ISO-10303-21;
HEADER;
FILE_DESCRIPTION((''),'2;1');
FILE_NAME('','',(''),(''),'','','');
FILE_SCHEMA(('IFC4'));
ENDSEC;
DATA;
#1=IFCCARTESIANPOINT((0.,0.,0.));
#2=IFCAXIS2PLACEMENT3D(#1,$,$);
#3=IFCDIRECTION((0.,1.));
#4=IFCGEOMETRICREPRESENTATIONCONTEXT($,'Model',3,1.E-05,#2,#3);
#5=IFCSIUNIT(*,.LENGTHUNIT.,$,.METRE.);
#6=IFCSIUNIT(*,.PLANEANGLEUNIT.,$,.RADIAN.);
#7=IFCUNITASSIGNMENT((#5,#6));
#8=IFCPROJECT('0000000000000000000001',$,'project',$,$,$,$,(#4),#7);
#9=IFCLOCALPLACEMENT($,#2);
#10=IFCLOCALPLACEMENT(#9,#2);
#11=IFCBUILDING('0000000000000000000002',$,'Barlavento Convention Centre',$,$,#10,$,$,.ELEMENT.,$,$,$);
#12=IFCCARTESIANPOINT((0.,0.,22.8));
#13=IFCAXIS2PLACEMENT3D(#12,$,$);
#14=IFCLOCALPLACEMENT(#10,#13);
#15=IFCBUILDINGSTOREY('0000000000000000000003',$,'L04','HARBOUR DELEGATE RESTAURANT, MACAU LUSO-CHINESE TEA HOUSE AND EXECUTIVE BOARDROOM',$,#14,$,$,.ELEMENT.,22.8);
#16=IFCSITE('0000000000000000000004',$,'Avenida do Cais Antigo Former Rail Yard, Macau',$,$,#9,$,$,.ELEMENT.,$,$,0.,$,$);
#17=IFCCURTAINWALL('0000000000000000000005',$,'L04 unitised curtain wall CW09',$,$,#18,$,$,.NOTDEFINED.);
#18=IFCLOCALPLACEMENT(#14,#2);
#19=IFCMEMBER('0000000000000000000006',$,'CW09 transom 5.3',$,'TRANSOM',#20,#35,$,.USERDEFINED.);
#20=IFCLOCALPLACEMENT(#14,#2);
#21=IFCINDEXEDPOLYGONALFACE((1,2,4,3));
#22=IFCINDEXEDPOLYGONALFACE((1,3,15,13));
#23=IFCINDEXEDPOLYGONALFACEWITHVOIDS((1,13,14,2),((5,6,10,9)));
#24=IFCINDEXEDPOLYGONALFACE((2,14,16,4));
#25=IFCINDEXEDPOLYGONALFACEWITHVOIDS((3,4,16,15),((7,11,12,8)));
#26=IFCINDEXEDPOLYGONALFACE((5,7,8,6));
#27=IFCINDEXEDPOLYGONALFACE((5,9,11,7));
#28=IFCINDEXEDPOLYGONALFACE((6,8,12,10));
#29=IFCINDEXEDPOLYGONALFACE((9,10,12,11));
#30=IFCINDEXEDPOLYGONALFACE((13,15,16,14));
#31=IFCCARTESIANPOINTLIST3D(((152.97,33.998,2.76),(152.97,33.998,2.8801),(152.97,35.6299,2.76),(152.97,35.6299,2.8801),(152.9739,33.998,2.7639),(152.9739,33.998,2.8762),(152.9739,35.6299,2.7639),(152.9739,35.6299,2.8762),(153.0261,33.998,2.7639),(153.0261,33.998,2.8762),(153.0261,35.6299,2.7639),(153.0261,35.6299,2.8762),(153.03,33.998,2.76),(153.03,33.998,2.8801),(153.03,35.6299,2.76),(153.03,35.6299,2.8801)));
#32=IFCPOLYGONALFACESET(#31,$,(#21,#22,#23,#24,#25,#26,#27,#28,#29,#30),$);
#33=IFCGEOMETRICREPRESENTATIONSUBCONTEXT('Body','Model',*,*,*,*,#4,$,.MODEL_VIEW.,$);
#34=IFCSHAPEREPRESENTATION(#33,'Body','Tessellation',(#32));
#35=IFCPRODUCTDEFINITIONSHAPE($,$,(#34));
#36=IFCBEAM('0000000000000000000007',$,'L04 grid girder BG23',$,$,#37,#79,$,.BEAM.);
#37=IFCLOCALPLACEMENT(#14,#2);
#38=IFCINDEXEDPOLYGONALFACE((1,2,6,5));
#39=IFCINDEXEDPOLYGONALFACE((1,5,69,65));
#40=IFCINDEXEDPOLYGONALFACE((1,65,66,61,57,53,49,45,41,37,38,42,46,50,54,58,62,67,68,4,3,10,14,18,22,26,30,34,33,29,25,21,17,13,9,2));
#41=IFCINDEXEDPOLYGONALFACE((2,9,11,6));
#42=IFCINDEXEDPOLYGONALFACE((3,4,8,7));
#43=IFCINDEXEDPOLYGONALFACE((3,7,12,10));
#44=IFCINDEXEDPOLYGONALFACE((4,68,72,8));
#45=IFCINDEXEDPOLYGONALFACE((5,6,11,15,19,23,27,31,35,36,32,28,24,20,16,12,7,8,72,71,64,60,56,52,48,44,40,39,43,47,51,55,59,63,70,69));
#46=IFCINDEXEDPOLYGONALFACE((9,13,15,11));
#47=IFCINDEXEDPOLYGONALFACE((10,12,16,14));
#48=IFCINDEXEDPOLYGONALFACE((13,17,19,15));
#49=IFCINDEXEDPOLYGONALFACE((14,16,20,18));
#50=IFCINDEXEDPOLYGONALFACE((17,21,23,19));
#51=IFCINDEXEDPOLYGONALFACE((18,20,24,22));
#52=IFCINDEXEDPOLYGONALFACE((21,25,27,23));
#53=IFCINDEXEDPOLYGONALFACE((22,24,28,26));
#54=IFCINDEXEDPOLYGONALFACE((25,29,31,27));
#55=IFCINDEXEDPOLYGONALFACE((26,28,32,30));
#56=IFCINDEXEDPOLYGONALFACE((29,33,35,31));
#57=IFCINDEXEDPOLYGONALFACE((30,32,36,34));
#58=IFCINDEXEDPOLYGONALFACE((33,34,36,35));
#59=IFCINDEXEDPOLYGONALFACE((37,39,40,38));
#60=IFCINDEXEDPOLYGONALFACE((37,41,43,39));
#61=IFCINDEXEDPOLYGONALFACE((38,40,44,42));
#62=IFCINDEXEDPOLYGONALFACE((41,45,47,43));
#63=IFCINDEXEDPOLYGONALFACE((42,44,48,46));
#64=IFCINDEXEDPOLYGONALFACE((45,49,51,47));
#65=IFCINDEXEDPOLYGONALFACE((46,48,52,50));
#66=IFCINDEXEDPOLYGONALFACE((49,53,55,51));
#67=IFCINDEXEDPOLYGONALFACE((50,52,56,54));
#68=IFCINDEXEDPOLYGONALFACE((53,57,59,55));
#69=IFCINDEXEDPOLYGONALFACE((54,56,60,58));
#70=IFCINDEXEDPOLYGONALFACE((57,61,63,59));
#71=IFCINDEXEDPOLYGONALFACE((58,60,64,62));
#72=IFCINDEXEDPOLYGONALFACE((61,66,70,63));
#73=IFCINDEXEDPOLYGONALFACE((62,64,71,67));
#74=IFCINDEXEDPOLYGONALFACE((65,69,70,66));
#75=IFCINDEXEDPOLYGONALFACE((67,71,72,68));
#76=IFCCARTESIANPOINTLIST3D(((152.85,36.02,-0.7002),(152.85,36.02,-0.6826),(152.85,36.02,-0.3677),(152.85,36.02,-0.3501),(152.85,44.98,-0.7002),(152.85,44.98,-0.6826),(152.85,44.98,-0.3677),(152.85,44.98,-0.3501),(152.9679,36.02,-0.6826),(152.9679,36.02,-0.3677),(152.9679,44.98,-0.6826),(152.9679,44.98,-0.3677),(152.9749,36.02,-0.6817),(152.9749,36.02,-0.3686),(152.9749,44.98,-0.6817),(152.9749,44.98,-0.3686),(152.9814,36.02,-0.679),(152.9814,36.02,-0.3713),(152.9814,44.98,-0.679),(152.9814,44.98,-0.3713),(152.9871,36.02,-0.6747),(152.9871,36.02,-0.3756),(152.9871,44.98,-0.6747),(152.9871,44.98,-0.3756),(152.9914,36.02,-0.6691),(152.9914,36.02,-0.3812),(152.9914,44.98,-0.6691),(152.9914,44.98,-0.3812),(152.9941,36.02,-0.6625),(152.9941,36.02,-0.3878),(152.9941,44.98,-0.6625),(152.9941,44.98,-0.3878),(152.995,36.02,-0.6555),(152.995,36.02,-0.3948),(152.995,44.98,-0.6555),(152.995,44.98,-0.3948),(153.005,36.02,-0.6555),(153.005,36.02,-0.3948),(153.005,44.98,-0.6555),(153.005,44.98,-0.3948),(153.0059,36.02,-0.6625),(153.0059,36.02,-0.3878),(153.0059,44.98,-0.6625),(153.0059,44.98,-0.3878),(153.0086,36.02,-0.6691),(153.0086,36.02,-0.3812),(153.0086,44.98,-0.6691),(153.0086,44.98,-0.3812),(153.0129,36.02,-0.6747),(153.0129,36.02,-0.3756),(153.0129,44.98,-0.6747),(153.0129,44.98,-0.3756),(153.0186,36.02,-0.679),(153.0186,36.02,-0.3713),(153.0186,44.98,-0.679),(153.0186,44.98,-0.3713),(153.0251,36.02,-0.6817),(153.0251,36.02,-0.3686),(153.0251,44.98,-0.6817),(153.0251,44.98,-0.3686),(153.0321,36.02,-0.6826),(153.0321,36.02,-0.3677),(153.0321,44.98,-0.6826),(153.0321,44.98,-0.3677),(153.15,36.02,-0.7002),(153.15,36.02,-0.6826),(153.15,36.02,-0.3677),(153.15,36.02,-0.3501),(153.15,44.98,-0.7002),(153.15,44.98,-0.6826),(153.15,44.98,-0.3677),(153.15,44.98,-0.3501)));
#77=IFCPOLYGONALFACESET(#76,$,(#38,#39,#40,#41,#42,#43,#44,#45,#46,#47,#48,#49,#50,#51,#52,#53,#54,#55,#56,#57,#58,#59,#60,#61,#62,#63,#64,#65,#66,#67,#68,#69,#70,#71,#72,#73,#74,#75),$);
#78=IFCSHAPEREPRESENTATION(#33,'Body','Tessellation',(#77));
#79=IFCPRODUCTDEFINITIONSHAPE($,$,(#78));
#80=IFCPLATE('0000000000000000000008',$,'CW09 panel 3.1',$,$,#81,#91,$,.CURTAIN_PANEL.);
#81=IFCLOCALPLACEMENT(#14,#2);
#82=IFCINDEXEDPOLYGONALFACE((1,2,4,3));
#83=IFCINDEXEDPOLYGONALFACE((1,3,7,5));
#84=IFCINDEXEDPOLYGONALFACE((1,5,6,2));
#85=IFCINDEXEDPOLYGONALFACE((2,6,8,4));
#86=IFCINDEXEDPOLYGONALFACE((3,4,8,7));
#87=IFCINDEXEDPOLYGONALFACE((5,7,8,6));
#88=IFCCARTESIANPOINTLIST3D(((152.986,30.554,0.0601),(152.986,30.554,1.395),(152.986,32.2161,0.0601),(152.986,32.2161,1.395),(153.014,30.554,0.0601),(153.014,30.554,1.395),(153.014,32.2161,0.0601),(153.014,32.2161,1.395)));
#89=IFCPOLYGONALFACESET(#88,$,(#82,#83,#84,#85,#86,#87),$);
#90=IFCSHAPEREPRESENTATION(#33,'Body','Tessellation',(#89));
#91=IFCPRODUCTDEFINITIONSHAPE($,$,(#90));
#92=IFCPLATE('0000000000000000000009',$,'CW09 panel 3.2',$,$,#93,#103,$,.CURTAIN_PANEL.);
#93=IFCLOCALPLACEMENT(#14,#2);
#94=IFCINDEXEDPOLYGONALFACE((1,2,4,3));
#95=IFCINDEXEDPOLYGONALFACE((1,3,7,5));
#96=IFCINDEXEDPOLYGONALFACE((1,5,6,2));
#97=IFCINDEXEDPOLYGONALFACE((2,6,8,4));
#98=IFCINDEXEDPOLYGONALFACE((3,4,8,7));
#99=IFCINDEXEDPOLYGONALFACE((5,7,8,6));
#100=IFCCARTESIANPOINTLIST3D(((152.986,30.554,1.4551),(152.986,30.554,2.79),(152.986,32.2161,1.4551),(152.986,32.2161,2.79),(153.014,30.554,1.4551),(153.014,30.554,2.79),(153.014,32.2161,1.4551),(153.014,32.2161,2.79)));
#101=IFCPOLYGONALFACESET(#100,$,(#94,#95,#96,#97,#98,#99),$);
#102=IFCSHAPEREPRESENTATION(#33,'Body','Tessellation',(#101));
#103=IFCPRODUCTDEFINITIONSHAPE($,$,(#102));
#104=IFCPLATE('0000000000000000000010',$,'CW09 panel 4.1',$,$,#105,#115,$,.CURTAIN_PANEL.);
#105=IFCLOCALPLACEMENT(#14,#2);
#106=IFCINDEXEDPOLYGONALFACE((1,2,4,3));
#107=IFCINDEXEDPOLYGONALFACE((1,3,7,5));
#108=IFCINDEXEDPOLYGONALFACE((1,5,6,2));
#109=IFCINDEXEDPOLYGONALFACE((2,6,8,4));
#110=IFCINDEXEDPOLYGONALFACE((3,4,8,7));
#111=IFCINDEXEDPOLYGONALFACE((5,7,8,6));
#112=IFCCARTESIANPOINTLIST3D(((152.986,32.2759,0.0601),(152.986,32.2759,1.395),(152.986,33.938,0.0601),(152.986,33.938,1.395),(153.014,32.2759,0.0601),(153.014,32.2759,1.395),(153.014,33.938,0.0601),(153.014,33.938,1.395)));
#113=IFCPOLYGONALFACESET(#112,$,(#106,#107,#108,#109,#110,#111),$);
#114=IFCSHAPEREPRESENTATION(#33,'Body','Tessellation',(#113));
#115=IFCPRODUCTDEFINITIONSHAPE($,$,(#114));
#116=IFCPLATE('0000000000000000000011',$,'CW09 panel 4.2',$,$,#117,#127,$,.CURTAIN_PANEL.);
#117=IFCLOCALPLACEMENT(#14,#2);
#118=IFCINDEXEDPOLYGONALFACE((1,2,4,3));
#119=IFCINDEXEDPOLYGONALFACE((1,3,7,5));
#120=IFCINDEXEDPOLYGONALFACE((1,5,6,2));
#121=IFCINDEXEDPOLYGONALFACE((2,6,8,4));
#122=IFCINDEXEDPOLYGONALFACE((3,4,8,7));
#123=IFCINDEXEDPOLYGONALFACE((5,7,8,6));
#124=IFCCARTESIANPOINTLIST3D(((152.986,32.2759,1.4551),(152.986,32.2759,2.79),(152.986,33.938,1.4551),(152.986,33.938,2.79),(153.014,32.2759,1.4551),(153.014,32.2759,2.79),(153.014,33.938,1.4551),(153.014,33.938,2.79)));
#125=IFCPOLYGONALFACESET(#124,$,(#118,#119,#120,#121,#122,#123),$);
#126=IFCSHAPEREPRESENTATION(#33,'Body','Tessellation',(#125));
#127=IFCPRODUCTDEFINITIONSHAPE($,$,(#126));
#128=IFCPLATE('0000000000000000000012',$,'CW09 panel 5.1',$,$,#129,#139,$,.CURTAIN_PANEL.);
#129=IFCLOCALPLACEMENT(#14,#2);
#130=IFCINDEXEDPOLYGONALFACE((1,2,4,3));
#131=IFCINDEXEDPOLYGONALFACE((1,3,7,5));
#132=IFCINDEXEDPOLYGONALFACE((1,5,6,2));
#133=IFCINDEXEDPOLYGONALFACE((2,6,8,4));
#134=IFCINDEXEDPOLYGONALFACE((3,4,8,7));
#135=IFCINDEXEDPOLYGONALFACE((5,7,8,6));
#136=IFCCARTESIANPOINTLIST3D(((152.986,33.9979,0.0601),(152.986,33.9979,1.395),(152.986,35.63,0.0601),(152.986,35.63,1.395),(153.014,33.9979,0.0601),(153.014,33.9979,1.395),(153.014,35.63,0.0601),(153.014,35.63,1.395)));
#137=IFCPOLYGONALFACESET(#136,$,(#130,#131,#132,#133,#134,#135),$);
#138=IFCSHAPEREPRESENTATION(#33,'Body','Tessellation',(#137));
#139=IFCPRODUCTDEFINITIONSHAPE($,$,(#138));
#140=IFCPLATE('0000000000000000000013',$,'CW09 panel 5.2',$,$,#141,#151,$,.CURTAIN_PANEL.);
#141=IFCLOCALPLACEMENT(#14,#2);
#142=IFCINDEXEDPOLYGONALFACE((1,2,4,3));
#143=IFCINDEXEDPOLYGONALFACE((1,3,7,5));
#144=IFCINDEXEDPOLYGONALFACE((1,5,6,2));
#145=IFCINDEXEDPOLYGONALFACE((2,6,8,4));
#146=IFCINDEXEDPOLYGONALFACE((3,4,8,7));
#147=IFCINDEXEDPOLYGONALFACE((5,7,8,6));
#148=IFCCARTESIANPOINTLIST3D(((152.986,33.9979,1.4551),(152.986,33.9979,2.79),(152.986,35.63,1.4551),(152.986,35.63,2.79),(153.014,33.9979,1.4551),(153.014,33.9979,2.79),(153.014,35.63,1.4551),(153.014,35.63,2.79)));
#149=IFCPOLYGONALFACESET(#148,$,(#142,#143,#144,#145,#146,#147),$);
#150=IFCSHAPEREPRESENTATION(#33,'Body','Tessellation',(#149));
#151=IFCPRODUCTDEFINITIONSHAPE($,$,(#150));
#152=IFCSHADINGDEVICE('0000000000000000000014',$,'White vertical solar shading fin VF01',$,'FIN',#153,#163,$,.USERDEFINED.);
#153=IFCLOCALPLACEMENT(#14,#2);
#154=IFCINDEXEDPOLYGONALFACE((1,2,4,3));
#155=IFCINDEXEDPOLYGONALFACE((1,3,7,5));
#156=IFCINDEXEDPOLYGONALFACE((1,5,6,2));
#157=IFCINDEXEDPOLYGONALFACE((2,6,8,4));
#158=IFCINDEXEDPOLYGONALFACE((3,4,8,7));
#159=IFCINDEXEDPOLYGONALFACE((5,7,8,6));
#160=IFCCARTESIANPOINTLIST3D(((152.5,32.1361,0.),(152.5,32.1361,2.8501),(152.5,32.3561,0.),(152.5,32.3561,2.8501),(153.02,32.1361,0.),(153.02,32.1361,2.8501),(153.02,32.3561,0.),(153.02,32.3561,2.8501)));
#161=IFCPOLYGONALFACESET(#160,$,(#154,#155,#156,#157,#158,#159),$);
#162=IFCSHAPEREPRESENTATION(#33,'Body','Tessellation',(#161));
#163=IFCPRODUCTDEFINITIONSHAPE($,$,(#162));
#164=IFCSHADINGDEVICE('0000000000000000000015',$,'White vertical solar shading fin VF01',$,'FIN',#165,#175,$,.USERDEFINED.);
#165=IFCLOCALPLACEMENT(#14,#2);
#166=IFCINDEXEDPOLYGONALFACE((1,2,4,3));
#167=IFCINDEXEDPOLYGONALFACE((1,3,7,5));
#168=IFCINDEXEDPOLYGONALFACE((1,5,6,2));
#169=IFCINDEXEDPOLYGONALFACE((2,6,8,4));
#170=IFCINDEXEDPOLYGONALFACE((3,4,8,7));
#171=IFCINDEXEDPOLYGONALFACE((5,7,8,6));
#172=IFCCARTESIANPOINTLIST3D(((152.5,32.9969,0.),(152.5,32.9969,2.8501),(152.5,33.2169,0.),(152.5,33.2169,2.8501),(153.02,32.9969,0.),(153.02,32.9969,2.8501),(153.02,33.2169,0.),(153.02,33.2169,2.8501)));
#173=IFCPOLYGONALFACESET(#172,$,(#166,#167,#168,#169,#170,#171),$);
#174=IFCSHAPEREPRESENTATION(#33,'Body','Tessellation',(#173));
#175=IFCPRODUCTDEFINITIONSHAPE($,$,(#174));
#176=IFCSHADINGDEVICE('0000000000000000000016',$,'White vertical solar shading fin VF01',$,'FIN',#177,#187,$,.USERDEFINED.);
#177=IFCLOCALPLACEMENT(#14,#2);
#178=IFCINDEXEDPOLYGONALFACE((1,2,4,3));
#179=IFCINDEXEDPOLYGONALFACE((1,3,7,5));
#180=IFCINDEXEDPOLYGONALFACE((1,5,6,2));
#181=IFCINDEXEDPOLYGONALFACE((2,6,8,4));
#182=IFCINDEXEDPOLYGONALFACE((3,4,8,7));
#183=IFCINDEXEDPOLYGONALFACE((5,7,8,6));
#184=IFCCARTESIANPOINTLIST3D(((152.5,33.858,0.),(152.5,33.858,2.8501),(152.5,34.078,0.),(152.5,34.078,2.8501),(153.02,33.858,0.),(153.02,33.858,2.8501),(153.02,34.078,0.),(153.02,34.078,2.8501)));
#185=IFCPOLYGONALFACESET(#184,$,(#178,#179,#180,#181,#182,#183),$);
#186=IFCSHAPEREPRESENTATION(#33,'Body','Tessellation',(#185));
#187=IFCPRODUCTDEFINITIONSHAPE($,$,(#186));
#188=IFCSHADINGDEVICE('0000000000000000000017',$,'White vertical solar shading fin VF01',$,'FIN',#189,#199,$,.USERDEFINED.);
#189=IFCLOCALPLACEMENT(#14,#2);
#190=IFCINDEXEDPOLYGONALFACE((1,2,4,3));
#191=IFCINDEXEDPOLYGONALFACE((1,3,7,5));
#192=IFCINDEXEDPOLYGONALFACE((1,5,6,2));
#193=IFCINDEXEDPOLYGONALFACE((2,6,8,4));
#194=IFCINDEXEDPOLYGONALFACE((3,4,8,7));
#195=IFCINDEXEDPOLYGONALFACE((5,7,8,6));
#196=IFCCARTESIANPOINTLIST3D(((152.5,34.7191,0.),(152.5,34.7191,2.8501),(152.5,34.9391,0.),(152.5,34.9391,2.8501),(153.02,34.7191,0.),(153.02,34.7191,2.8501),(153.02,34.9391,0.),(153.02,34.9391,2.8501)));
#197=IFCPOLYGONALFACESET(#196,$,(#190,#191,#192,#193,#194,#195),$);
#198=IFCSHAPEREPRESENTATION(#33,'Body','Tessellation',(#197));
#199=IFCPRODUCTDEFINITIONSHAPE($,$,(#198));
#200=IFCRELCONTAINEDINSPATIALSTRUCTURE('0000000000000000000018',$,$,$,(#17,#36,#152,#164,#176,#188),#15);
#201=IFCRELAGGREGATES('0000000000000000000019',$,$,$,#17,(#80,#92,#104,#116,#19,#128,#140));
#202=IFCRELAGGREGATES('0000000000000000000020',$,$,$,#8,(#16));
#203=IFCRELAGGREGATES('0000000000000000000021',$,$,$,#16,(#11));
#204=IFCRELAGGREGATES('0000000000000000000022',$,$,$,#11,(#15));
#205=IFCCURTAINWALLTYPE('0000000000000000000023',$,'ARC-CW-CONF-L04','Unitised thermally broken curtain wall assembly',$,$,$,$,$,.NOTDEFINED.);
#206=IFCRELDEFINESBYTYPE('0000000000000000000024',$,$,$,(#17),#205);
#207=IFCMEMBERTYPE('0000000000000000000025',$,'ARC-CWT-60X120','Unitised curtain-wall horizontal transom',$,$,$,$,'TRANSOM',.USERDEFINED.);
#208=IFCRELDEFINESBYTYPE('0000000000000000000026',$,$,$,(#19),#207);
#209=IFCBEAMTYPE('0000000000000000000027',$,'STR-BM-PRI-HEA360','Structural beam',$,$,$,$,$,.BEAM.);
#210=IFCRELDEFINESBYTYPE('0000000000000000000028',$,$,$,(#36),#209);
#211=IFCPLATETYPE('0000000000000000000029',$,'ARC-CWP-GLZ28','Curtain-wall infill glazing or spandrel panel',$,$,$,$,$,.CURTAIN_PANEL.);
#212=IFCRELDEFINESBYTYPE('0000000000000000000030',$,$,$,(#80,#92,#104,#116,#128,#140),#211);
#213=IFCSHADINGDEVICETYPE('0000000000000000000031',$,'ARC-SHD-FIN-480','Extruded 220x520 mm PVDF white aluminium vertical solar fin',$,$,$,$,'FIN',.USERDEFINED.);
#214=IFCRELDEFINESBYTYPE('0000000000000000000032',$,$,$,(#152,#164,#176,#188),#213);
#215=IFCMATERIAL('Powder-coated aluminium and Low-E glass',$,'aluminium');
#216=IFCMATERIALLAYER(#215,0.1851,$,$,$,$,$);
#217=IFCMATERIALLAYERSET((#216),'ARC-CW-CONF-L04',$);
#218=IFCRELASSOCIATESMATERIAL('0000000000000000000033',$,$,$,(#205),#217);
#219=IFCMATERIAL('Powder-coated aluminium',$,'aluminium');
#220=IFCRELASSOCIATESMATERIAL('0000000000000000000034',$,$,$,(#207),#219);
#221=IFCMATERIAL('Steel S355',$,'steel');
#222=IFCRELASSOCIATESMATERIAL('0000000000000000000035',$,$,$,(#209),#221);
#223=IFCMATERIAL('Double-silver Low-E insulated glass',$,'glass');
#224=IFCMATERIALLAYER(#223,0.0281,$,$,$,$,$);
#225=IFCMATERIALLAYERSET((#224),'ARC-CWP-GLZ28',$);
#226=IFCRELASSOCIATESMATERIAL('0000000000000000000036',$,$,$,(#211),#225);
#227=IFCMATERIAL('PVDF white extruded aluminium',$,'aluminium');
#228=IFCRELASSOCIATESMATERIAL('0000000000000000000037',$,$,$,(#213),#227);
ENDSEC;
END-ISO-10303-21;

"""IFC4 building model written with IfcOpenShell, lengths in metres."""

from ifc_helpers import new_model, si_unit, direction, frame, origin, origin_2d, place, context, subcontext, project, spatial, rectangle, hollow_rectangle, i_section, extrude, material, layer, layer_set, material_profile, profile_set, type_object, element, aggregate, save


model = new_model("IFC4")

# Units and contexts
model_context = context("Model", 3, precision=1e-05, world=origin(), true_north=direction((0.0, 1.0)))
body_context = subcontext(model_context, "Body", "Model", "MODEL_VIEW")
ifc_project = project(units=[si_unit("LENGTHUNIT", "METRE"), si_unit("PLANEANGLEUNIT", "RADIAN")], contexts=[model_context])

# Site, building, storey
site_placement = place(None, origin())
site = spatial("IfcSite", under=ifc_project, at=site_placement, Name="Avenida do Cais Antigo Former Rail Yard, Macau", CompositionType="ELEMENT", RefElevation=0.0)
building_placement = place(site_placement, origin())
building = spatial("IfcBuilding", under=site, at=building_placement, Name="Barlavento Convention Centre", CompositionType="ELEMENT")
storey_placement = place(building_placement, frame((0.0, 0.0, 22.8)))
storey = spatial("IfcBuildingStorey", under=building, at=storey_placement, Name="L04", Description="HARBOUR DELEGATE RESTAURANT, MACAU LUSO-CHINESE TEA HOUSE AND EXECUTIVE BOARDROOM", CompositionType="ELEMENT", Elevation=22.8)

# Shared definitions
ifc_material_1 = material(Name="Steel S355", Category="steel")

# Curtain wall, member
ifc_material_2 = material(Name="Powder-coated aluminium and Low-E glass", Category="aluminium")
ifc_layer_1 = layer(ifc_material_2, 0.1851)
ifc_layer_set_1 = layer_set([ifc_layer_1], Name="ARC-CW-CONF-L04")
curtain_wall_type = type_object("IfcCurtainWallType", Name="ARC-CW-CONF-L04", Description="Unitised thermally broken curtain wall assembly", PredefinedType="NOTDEFINED", material=ifc_layer_set_1)
curtain_wall_placement = place(storey_placement, origin())
curtain_wall = element("IfcCurtainWall", 1, at=curtain_wall_placement, inside=storey, type_object=curtain_wall_type, Name="L04 unitised curtain wall CW09", PredefinedType="NOTDEFINED")
ifc_material_3 = material(Name="Powder-coated aluminium", Category="aluminium")
ifc_material_profile_1 = material_profile(ifc_material_3, hollow_rectangle(XDim=0.0601, YDim=0.1201, WallThickness=0.0039, at=origin_2d()), Name="AL-TRAN 60x120x4")
ifc_profile_set_1 = profile_set([ifc_material_profile_1], Name="Powder-coated aluminium")
member_type_1 = type_object("IfcMemberType", Name="ARC-CWT-60X120", Description="Unitised curtain-wall horizontal transom", ElementType="TRANSOM", PredefinedType="USERDEFINED", material=ifc_profile_set_1)
member_1_placement = place(storey_placement, frame((153.0, 33.998, 2.8201), z_axis=(0.0, 1.0, 0.0), x_axis=(-1.0, 0.0, 0.0)))
member_1 = element("IfcMember", 2, at=member_1_placement, type_object=member_type_1, Name="CW09 transom 5.3", ObjectType="TRANSOM", PredefinedType="USERDEFINED", context=body_context, shape_type="SweptSolid", body=[
    extrude(hollow_rectangle(XDim=0.0601, YDim=0.1201, WallThickness=0.0039, at=origin_2d()), origin(), (0.0, 0.0, 1.0), 1.6318),
])

# Beam
ifc_material_profile_2 = material_profile(ifc_material_1, i_section(OverallWidth=0.3, OverallDepth=0.3501, WebThickness=0.01, FlangeThickness=0.0176, FilletRadius=0.0271, at=origin_2d()), Name="HEA 360")
ifc_profile_set_2 = profile_set([ifc_material_profile_2], Name="Steel S355")
beam_type = type_object("IfcBeamType", Name="STR-BM-PRI-HEA360", Description="Structural beam", PredefinedType="BEAM", material=ifc_profile_set_2)
beam_placement = place(storey_placement, frame((153.0, 36.02, -0.5251), z_axis=(0.0, 1.0, 0.0), x_axis=(-1.0, 0.0, 0.0)))
element("IfcBeam", 3, at=beam_placement, inside=storey, type_object=beam_type, Name="L04 grid girder BG23", PredefinedType="BEAM", context=body_context, shape_type="SweptSolid", body=[
    extrude(i_section(OverallWidth=0.3, OverallDepth=0.3501, WebThickness=0.01, FlangeThickness=0.0176, FilletRadius=0.0271, at=origin_2d()), origin(), (0.0, 0.0, 1.0), 8.96),
])

# Plates
ifc_material_4 = material(Name="Double-silver Low-E insulated glass", Category="glass")
ifc_layer_2 = layer(ifc_material_4, 0.0281)
ifc_layer_set_2 = layer_set([ifc_layer_2], Name="ARC-CWP-GLZ28")
plate_type = type_object("IfcPlateType", Name="ARC-CWP-GLZ28", Description="Curtain-wall infill glazing or spandrel panel", PredefinedType="CURTAIN_PANEL", material=ifc_layer_set_2)
plate_1_placement = place(storey_placement, frame((153.0, 31.385, 0.0601), z_axis=(0.0, 0.0, 1.0), x_axis=(0.0, 1.0, 0.0)))
plate_1 = element("IfcPlate", 4, at=plate_1_placement, type_object=plate_type, Name="CW09 panel 3.1", PredefinedType="CURTAIN_PANEL", context=body_context, shape_type="SweptSolid", body=[
    extrude(rectangle(XDim=1.6621, YDim=0.0281, at=origin_2d()), origin(), (0.0, 0.0, 1.0), 1.335),
])
plate_2_placement = place(storey_placement, frame((153.0, 31.385, 1.4551), z_axis=(0.0, 0.0, 1.0), x_axis=(0.0, 1.0, 0.0)))
plate_2 = element("IfcPlate", 5, at=plate_2_placement, type_object=plate_type, Name="CW09 panel 3.2", PredefinedType="CURTAIN_PANEL", context=body_context, shape_type="SweptSolid", body=[
    extrude(rectangle(XDim=1.6621, YDim=0.0281, at=origin_2d()), origin(), (0.0, 0.0, 1.0), 1.335),
])
plate_3_placement = place(storey_placement, frame((153.0, 33.1069, 0.0601), z_axis=(0.0, 0.0, 1.0), x_axis=(0.0, 1.0, 0.0)))
plate_3 = element("IfcPlate", 6, at=plate_3_placement, type_object=plate_type, Name="CW09 panel 4.1", PredefinedType="CURTAIN_PANEL", context=body_context, shape_type="SweptSolid", body=[
    extrude(rectangle(XDim=1.6621, YDim=0.0281, at=origin_2d()), origin(), (0.0, 0.0, 1.0), 1.335),
])
plate_4_placement = place(storey_placement, frame((153.0, 33.1069, 1.4551), z_axis=(0.0, 0.0, 1.0), x_axis=(0.0, 1.0, 0.0)))
plate_4 = element("IfcPlate", 7, at=plate_4_placement, type_object=plate_type, Name="CW09 panel 4.2", PredefinedType="CURTAIN_PANEL", context=body_context, shape_type="SweptSolid", body=[
    extrude(rectangle(XDim=1.6621, YDim=0.0281, at=origin_2d()), origin(), (0.0, 0.0, 1.0), 1.335),
])
plate_5_placement = place(storey_placement, frame((153.0, 34.814, 0.0601), z_axis=(0.0, 0.0, 1.0), x_axis=(0.0, 1.0, 0.0)))
plate_5 = element("IfcPlate", 8, at=plate_5_placement, type_object=plate_type, Name="CW09 panel 5.1", PredefinedType="CURTAIN_PANEL", context=body_context, shape_type="SweptSolid", body=[
    extrude(rectangle(XDim=1.6321, YDim=0.0281, at=origin_2d()), origin(), (0.0, 0.0, 1.0), 1.335),
])
plate_6_placement = place(storey_placement, frame((153.0, 34.814, 1.4551), z_axis=(0.0, 0.0, 1.0), x_axis=(0.0, 1.0, 0.0)))
plate_6 = element("IfcPlate", 9, at=plate_6_placement, type_object=plate_type, Name="CW09 panel 5.2", PredefinedType="CURTAIN_PANEL", context=body_context, shape_type="SweptSolid", body=[
    extrude(rectangle(XDim=1.6321, YDim=0.0281, at=origin_2d()), origin(), (0.0, 0.0, 1.0), 1.335),
])
aggregate(curtain_wall, [plate_1, plate_2, plate_3, plate_4, member_1, plate_5, plate_6])

# Shading devices
ifc_material_5 = material(Name="PVDF white extruded aluminium", Category="aluminium")
shading_device_type = type_object("IfcShadingDeviceType", Name="ARC-SHD-FIN-480", Description="Extruded 220x520 mm PVDF white aluminium vertical solar fin", ElementType="FIN", PredefinedType="USERDEFINED", material=ifc_material_5)
for number, where, z_axis, x_axis, name in (
    (10, (152.76, 32.2461, 0.0), (0.0, 0.0, 1.0), (0.0, 1.0, 0.0), "White vertical solar shading fin VF01"),
    (11, (152.76, 33.1069, 0.0), (0.0, 0.0, 1.0), (0.0, 1.0, 0.0), "White vertical solar shading fin VF01"),
    (12, (152.76, 33.968, 0.0), (0.0, 0.0, 1.0), (0.0, 1.0, 0.0), "White vertical solar shading fin VF01"),
    (13, (152.76, 34.8291, 0.0), (0.0, 0.0, 1.0), (0.0, 1.0, 0.0), "White vertical solar shading fin VF01"),
):
    element("IfcShadingDevice", number, at=place(storey_placement, frame(where, z_axis=z_axis, x_axis=x_axis)), inside=storey, type_object=shading_device_type, Name=name, ObjectType="FIN", PredefinedType="USERDEFINED", context=body_context, shape_type="SweptSolid", body=[
        extrude(rectangle(XDim=0.22, YDim=0.52, at=origin_2d()), origin(), (0.0, 0.0, 1.0), 2.8501),
    ])

save(model, "model.ifc")
